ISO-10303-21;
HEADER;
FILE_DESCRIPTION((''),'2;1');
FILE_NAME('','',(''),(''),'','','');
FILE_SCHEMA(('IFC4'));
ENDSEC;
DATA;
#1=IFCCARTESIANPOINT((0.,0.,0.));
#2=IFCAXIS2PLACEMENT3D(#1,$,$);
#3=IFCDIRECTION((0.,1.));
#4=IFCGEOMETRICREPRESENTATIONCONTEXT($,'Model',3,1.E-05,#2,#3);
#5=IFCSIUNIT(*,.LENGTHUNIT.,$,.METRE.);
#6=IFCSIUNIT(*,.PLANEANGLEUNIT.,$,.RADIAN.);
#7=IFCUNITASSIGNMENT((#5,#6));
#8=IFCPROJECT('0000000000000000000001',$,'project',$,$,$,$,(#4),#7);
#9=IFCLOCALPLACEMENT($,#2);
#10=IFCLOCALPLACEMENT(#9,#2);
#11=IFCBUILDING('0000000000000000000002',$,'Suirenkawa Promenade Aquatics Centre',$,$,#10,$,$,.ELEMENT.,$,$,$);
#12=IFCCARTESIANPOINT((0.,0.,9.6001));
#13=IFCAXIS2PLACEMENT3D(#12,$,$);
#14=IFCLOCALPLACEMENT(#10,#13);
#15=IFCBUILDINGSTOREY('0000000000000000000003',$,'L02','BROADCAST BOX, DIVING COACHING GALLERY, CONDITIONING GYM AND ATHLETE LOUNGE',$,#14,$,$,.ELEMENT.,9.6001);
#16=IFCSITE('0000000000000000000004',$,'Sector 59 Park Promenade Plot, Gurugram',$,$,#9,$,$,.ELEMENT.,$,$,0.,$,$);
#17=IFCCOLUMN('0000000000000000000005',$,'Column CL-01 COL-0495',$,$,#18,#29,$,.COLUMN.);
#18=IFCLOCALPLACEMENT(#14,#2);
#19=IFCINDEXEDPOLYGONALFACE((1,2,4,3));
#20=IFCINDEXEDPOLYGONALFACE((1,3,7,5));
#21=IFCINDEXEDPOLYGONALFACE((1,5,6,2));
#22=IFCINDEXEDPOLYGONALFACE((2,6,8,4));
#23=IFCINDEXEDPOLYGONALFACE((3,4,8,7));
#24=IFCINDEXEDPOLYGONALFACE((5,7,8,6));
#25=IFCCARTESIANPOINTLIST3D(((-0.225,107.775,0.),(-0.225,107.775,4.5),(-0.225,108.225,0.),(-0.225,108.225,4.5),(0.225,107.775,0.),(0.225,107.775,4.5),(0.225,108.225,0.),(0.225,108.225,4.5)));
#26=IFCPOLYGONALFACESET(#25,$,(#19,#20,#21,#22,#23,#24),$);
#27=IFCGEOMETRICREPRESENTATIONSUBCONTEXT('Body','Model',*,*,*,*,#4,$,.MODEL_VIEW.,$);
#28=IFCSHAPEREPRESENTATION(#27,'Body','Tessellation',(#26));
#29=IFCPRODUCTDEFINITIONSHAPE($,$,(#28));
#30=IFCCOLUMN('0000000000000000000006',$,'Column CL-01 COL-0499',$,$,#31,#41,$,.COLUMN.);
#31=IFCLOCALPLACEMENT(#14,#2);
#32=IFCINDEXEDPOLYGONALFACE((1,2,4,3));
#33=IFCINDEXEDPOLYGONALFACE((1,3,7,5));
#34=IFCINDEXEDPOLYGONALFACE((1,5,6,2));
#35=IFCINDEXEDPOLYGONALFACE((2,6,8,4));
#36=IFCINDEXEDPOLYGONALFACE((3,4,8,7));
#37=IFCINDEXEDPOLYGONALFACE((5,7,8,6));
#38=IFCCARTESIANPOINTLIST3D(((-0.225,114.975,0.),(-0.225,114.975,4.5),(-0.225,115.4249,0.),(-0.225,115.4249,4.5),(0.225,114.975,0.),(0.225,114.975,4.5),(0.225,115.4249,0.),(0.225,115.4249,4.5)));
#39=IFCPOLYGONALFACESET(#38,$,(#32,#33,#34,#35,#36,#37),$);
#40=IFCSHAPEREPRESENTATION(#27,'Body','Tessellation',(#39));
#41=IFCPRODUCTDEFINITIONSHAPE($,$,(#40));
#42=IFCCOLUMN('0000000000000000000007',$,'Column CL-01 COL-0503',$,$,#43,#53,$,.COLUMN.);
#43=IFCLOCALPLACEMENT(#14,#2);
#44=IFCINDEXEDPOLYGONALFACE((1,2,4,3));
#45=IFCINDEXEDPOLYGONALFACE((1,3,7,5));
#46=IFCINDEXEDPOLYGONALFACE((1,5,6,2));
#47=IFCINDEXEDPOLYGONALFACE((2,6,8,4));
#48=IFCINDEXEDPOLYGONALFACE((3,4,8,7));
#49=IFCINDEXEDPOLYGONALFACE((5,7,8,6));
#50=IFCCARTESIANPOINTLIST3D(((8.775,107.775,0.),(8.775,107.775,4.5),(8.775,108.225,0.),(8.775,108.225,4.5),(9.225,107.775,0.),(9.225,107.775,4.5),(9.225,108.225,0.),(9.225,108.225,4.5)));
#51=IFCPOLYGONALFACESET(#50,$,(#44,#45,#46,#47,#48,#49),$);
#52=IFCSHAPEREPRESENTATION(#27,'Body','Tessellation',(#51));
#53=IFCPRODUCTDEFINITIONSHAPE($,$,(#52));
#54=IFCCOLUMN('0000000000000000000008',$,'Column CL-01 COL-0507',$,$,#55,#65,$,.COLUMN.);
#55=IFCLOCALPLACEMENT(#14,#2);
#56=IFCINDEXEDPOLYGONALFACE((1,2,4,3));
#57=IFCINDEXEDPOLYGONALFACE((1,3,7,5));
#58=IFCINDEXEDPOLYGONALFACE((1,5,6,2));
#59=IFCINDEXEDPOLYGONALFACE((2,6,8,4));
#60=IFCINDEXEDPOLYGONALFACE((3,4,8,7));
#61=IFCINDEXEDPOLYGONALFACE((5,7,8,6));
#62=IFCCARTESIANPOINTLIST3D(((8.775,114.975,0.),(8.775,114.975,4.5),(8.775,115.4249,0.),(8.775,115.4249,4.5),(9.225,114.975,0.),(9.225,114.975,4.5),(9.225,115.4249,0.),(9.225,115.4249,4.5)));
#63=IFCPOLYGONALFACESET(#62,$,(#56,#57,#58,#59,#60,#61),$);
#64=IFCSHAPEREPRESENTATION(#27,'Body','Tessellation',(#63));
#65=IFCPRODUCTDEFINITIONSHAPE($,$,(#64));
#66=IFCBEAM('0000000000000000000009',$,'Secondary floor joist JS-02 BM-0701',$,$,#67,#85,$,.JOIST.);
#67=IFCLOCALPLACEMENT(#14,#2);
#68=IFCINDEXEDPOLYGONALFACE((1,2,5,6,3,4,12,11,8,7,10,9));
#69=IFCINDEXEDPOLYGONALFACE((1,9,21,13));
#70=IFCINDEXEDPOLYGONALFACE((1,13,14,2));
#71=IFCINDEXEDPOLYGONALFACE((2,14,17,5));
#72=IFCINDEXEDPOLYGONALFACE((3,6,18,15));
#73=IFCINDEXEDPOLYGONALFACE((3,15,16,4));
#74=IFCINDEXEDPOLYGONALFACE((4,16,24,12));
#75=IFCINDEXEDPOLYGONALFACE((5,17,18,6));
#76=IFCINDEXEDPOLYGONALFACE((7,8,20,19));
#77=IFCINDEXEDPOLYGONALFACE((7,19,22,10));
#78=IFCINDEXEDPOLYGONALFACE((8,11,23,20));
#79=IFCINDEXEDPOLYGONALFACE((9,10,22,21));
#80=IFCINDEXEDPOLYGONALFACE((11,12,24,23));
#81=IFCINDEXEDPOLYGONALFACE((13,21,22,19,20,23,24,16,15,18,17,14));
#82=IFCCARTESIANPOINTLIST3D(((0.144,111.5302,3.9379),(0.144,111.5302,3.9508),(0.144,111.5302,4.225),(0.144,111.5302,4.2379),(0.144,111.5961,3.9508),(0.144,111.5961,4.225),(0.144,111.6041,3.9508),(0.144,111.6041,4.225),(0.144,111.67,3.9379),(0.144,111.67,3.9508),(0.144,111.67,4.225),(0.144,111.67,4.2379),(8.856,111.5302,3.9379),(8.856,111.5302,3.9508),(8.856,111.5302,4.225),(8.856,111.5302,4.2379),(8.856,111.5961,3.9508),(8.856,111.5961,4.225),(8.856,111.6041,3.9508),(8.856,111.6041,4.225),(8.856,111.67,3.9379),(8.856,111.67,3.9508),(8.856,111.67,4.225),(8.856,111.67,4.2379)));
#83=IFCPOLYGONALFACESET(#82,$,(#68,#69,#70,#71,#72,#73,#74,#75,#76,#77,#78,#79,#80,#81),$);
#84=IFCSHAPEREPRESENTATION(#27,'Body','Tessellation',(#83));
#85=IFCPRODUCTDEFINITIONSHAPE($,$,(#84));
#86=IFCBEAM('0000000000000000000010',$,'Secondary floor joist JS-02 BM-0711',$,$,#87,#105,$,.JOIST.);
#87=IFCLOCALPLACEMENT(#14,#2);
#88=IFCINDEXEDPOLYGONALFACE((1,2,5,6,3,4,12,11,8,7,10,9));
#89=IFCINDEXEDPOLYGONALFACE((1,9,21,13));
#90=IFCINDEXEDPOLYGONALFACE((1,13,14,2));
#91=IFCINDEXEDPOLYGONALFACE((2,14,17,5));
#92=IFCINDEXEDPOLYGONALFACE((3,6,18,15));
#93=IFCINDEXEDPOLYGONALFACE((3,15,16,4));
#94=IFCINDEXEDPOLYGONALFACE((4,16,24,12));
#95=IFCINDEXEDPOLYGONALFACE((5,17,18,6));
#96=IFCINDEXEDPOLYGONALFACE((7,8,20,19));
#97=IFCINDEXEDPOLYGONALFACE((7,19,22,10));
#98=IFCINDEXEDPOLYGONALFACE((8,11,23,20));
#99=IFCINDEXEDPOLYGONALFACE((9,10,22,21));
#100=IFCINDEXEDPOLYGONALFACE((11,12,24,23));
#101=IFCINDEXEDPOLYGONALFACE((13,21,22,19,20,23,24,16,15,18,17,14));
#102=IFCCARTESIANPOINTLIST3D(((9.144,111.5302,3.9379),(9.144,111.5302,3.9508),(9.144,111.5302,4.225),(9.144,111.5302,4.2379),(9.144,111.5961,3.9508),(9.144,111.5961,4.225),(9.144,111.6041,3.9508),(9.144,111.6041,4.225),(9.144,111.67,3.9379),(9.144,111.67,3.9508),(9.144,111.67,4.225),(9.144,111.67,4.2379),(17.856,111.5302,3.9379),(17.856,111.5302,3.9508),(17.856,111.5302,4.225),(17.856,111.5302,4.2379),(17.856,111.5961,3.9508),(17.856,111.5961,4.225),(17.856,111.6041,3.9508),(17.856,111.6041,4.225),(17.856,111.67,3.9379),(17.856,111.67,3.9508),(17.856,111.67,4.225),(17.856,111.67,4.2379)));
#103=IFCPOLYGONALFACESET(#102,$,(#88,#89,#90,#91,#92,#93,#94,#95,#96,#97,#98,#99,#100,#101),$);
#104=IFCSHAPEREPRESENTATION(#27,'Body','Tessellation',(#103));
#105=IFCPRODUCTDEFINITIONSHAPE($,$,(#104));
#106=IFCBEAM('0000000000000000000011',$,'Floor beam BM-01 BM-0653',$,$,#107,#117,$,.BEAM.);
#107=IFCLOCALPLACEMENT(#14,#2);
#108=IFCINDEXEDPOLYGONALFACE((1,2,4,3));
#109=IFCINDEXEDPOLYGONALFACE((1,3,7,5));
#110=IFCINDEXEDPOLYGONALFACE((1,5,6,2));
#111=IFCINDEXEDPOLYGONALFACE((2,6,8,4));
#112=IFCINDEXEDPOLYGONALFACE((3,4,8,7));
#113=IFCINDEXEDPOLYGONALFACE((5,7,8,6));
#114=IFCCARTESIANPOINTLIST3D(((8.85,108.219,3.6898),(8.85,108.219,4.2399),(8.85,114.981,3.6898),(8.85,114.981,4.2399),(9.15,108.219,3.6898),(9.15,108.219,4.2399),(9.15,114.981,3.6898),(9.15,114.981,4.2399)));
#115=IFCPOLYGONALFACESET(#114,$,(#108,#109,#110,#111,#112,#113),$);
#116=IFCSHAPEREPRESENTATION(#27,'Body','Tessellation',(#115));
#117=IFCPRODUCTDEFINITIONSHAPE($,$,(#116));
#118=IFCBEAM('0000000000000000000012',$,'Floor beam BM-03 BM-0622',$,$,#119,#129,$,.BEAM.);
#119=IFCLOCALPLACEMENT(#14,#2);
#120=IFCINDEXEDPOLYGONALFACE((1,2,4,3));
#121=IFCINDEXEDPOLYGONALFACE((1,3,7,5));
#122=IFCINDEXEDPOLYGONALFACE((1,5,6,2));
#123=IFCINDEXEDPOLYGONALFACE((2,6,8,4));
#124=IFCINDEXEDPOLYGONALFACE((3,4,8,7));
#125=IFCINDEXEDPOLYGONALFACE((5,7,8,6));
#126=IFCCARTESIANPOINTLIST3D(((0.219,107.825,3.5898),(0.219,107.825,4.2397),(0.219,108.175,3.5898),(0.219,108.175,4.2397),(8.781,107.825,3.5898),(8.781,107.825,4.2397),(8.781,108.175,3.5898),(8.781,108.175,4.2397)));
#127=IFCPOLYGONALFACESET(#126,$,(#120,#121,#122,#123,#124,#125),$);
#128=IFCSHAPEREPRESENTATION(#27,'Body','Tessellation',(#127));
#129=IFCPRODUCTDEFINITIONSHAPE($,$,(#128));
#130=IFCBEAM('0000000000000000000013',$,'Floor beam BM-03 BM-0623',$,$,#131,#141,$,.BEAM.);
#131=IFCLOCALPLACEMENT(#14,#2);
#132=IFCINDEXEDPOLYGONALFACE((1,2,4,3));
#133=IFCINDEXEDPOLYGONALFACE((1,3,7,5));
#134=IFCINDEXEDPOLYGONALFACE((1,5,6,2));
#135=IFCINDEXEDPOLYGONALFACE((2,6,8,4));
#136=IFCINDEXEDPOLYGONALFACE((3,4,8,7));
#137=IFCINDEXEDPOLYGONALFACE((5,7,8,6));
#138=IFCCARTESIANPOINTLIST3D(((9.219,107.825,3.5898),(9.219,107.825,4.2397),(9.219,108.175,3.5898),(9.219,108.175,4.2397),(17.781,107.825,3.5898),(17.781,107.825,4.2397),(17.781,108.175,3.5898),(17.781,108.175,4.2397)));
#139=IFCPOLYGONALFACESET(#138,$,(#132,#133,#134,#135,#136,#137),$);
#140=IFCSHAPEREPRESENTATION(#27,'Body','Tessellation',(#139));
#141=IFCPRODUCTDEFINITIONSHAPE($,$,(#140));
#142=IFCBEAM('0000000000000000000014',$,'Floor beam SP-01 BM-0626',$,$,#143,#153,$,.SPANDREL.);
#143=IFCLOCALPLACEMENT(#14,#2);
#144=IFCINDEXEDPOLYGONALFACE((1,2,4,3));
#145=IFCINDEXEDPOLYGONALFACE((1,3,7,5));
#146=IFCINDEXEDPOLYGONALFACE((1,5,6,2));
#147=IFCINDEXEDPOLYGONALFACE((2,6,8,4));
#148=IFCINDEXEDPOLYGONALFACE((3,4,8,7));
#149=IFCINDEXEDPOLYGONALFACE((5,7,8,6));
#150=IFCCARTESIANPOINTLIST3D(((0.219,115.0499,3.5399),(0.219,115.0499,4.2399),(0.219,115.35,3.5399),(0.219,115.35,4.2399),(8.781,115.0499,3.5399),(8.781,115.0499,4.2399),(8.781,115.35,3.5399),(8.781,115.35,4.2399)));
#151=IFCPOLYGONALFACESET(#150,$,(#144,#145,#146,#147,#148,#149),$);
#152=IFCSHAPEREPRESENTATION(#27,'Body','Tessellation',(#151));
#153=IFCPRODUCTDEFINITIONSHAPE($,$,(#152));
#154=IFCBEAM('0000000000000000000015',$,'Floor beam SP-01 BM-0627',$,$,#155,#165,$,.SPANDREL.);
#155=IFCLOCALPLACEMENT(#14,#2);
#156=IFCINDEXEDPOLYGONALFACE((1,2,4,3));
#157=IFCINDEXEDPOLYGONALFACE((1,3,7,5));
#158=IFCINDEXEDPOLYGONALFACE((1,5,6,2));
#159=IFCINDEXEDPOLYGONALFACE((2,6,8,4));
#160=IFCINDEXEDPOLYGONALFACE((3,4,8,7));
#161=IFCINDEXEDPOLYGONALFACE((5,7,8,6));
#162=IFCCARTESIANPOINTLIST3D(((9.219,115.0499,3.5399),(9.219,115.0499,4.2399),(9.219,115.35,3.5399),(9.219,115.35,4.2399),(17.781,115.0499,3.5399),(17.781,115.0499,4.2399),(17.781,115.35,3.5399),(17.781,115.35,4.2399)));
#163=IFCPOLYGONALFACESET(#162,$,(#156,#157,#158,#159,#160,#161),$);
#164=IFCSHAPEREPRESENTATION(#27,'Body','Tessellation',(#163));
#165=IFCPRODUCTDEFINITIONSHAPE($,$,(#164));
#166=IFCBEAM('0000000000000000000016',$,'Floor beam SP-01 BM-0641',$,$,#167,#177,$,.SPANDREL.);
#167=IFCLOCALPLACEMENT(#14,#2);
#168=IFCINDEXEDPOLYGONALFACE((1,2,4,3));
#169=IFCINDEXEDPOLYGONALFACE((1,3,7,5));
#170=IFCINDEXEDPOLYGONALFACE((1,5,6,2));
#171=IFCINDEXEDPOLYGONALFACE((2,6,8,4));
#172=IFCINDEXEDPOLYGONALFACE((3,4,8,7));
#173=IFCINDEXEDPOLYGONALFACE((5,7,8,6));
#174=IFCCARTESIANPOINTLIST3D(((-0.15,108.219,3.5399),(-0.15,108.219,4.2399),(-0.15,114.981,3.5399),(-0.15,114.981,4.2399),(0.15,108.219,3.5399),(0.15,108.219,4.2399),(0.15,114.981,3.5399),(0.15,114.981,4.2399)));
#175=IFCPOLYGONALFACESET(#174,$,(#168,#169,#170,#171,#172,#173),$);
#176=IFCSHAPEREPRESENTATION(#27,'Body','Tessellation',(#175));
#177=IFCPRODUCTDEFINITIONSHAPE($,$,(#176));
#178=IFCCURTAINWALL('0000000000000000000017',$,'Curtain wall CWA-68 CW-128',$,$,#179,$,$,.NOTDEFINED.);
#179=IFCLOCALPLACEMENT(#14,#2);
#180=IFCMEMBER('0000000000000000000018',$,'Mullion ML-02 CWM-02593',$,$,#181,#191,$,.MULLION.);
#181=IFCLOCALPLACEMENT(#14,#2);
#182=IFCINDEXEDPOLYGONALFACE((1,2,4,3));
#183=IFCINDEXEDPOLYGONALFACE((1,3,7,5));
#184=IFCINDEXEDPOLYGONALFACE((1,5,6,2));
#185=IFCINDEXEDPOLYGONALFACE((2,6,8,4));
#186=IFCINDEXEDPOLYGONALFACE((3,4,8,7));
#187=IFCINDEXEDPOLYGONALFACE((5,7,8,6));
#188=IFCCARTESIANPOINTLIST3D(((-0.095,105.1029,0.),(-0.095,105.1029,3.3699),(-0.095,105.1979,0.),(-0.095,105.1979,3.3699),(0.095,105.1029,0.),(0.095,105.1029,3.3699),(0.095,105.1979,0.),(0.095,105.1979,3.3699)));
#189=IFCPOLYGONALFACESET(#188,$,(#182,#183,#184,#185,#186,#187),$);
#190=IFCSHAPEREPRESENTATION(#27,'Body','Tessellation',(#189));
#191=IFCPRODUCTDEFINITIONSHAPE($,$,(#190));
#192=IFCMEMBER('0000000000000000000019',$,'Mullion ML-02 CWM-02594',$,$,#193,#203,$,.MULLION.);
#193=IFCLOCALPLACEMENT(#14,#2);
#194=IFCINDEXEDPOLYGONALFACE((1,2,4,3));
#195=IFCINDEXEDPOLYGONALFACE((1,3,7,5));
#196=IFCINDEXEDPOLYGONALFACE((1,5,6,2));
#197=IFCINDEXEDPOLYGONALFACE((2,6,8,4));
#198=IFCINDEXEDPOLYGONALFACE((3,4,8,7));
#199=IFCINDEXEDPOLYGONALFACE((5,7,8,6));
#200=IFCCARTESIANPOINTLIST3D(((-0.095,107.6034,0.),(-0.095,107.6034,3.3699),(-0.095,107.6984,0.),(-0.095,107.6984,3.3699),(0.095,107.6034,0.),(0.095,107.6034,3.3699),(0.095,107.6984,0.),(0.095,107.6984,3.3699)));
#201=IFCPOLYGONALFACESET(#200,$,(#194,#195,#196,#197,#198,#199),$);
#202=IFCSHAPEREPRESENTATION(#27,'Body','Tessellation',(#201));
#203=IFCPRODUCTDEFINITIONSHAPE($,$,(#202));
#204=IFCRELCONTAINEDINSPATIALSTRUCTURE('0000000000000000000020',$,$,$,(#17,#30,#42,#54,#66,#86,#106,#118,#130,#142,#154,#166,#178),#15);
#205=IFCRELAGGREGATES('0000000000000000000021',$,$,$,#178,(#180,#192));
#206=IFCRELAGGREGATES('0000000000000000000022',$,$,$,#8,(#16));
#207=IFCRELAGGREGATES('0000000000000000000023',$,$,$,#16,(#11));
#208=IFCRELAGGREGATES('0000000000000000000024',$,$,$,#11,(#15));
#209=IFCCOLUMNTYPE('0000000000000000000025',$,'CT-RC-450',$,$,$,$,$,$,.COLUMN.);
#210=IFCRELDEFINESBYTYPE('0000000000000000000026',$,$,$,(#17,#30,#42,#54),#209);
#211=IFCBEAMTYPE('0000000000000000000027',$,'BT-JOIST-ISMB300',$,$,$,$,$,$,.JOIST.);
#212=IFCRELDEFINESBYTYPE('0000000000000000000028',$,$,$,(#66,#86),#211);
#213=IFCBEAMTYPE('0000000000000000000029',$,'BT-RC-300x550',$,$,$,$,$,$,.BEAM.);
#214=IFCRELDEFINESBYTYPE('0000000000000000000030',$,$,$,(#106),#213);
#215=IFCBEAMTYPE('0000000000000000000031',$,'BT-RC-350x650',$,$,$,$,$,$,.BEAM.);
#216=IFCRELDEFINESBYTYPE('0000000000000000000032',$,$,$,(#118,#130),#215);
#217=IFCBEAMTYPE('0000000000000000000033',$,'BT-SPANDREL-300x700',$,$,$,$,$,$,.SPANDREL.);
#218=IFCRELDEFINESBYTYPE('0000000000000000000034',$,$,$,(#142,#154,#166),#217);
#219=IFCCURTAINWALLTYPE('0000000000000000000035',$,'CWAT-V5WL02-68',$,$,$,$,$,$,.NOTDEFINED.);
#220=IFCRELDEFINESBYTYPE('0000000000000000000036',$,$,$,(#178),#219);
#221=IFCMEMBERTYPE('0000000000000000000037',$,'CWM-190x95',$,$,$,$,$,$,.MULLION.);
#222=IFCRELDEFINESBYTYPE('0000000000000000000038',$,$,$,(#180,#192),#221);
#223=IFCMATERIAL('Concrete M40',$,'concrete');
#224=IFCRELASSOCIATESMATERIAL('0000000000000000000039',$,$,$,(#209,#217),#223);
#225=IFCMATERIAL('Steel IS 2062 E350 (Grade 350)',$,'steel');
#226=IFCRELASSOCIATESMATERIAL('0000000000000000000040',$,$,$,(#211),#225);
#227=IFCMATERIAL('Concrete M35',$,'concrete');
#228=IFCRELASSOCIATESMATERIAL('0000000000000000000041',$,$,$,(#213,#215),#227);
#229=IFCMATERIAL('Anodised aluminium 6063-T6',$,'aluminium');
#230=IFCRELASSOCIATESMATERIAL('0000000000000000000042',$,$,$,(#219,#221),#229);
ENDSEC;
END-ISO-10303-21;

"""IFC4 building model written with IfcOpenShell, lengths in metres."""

from ifc_helpers import new_model, si_unit, direction, frame, origin, origin_2d, place, context, subcontext, project, spatial, rectangle, i_section, extrude, material, material_profile, profile_set, type_object, element, aggregate, save


model = new_model("IFC4")

# Units and contexts
model_context = context("Model", 3, precision=1e-05, world=origin(), true_north=direction((0.0, 1.0)))
body_context = subcontext(model_context, "Body", "Model", "MODEL_VIEW")
ifc_project = project(units=[si_unit("LENGTHUNIT", "METRE"), si_unit("PLANEANGLEUNIT", "RADIAN")], contexts=[model_context])

# Site, building, storey
site_placement = place(None, origin())
site = spatial("IfcSite", under=ifc_project, at=site_placement, Name="Sector 59 Park Promenade Plot, Gurugram", CompositionType="ELEMENT", RefElevation=0.0)
building_placement = place(site_placement, origin())
building = spatial("IfcBuilding", under=site, at=building_placement, Name="Suirenkawa Promenade Aquatics Centre", CompositionType="ELEMENT")
storey_placement = place(building_placement, frame((0.0, 0.0, 9.6001)))
storey = spatial("IfcBuildingStorey", under=building, at=storey_placement, Name="L02", Description="BROADCAST BOX, DIVING COACHING GALLERY, CONDITIONING GYM AND ATHLETE LOUNGE", CompositionType="ELEMENT", Elevation=9.6001)

# Columns
ifc_material_1 = material(Name="Concrete M40", Category="concrete")
ifc_material_profile_1 = material_profile(ifc_material_1, rectangle(XDim=0.45, YDim=0.45, at=origin_2d()), Name="RC COL 450x450", Category="concrete")
ifc_profile_set_1 = profile_set([ifc_material_profile_1], Name="Concrete M40")
column_type = type_object("IfcColumnType", Name="CT-RC-450", PredefinedType="COLUMN", material=ifc_profile_set_1)
for number, where, z_axis, x_axis, name in (
    (1, (0.0, 108.0, 0.0), (0.0, 0.0, 1.0), (1.0, 0.0, 0.0), "Column CL-01 COL-0495"),
    (2, (0.0, 115.2, 0.0), (0.0, 0.0, 1.0), (1.0, 0.0, 0.0), "Column CL-01 COL-0499"),
    (3, (9.0, 108.0, 0.0), (0.0, 0.0, 1.0), (1.0, 0.0, 0.0), "Column CL-01 COL-0503"),
    (4, (9.0, 115.2, 0.0), (0.0, 0.0, 1.0), (1.0, 0.0, 0.0), "Column CL-01 COL-0507"),
):
    element("IfcColumn", number, at=place(storey_placement, frame(where, z_axis=z_axis, x_axis=x_axis)), inside=storey, type_object=column_type, Name=name, PredefinedType="COLUMN", context=body_context, shape_type="SweptSolid", body=[
        extrude(rectangle(XDim=0.45, YDim=0.45, at=origin_2d()), origin(), (0.0, 0.0, 1.0), 4.5),
    ])

# Beams
ifc_material_2 = material(Name="Steel IS 2062 E350 (Grade 350)", Category="steel")
ifc_material_profile_2 = material_profile(ifc_material_2, i_section(OverallWidth=0.1399, OverallDepth=0.3, WebThickness=0.0081, FlangeThickness=0.0129, at=origin_2d()), Name="ISMB 300", Category="steel")
ifc_profile_set_2 = profile_set([ifc_material_profile_2], Name="Steel IS 2062 E350 (Grade 350)")
beam_type_1 = type_object("IfcBeamType", Name="BT-JOIST-ISMB300", PredefinedType="JOIST", material=ifc_profile_set_2)
for number, where, z_axis, x_axis, name in (
    (5, (0.144, 111.6001, 4.0879), (1.0, 0.0, 0.0), (0.0, 1.0, 0.0), "Secondary floor joist JS-02 BM-0701"),
    (6, (9.144, 111.6001, 4.0879), (1.0, 0.0, 0.0), (0.0, 1.0, 0.0), "Secondary floor joist JS-02 BM-0711"),
):
    element("IfcBeam", number, at=place(storey_placement, frame(where, z_axis=z_axis, x_axis=x_axis)), inside=storey, type_object=beam_type_1, Name=name, PredefinedType="JOIST", context=body_context, shape_type="SweptSolid", body=[
        extrude(i_section(OverallWidth=0.1399, OverallDepth=0.3, WebThickness=0.0081, FlangeThickness=0.0129, at=origin_2d()), origin(), (0.0, 0.0, 1.0), 8.7119),
    ])
ifc_material_3 = material(Name="Concrete M35", Category="concrete")
ifc_material_profile_3 = material_profile(ifc_material_3, rectangle(XDim=0.3, YDim=0.55, at=origin_2d()), Name="RC BM 300x550", Category="concrete")
ifc_profile_set_3 = profile_set([ifc_material_profile_3], Name="Concrete M35")
beam_type_2 = type_object("IfcBeamType", Name="BT-RC-300x550", PredefinedType="BEAM", material=ifc_profile_set_3)
beam_1_placement = place(storey_placement, frame((9.0, 108.219, 3.9648), z_axis=(0.0, 1.0, 0.0), x_axis=(-1.0, 0.0, 0.0)))
element("IfcBeam", 7, at=beam_1_placement, inside=storey, type_object=beam_type_2, Name="Floor beam BM-01 BM-0653", PredefinedType="BEAM", context=body_context, shape_type="SweptSolid", body=[
    extrude(rectangle(XDim=0.3, YDim=0.55, at=origin_2d()), origin(), (0.0, 0.0, 1.0), 6.762),
])
ifc_material_profile_4 = material_profile(ifc_material_3, rectangle(XDim=0.3501, YDim=0.6499, at=origin_2d()), Name="RC BM 350x650", Category="concrete")
ifc_profile_set_4 = profile_set([ifc_material_profile_4], Name="Concrete M35")
beam_type_3 = type_object("IfcBeamType", Name="BT-RC-350x650", PredefinedType="BEAM", material=ifc_profile_set_4)
for number, where, z_axis, x_axis, name in (
    (8, (0.219, 108.0, 3.9148), (1.0, 0.0, 0.0), (0.0, 1.0, 0.0), "Floor beam BM-03 BM-0622"),
    (9, (9.219, 108.0, 3.9148), (1.0, 0.0, 0.0), (0.0, 1.0, 0.0), "Floor beam BM-03 BM-0623"),
):
    element("IfcBeam", number, at=place(storey_placement, frame(where, z_axis=z_axis, x_axis=x_axis)), inside=storey, type_object=beam_type_3, Name=name, PredefinedType="BEAM", context=body_context, shape_type="SweptSolid", body=[
        extrude(rectangle(XDim=0.3501, YDim=0.6499, at=origin_2d()), origin(), (0.0, 0.0, 1.0), 8.562),
    ])
ifc_material_profile_5 = material_profile(ifc_material_1, rectangle(XDim=0.3, YDim=0.7, at=origin_2d()), Name="RC SPANDREL 300x700", Category="concrete")
ifc_profile_set_5 = profile_set([ifc_material_profile_5], Name="Concrete M40")
beam_type_4 = type_object("IfcBeamType", Name="BT-SPANDREL-300x700", PredefinedType="SPANDREL", material=ifc_profile_set_5)
for number, where, z_axis, x_axis, name in (
    (10, (0.219, 115.2, 3.8899), (1.0, 0.0, 0.0), (0.0, 1.0, 0.0), "Floor beam SP-01 BM-0626"),
    (11, (9.219, 115.2, 3.8899), (1.0, 0.0, 0.0), (0.0, 1.0, 0.0), "Floor beam SP-01 BM-0627"),
):
    element("IfcBeam", number, at=place(storey_placement, frame(where, z_axis=z_axis, x_axis=x_axis)), inside=storey, type_object=beam_type_4, Name=name, PredefinedType="SPANDREL", context=body_context, shape_type="SweptSolid", body=[
        extrude(rectangle(XDim=0.3, YDim=0.7, at=origin_2d()), origin(), (0.0, 0.0, 1.0), 8.562),
    ])
beam_2_placement = place(storey_placement, frame((0.0, 108.219, 3.8899), z_axis=(0.0, 1.0, 0.0), x_axis=(-1.0, 0.0, 0.0)))
element("IfcBeam", 12, at=beam_2_placement, inside=storey, type_object=beam_type_4, Name="Floor beam SP-01 BM-0641", PredefinedType="SPANDREL", context=body_context, shape_type="SweptSolid", body=[
    extrude(rectangle(XDim=0.3, YDim=0.7, at=origin_2d()), origin(), (0.0, 0.0, 1.0), 6.762),
])

# Curtain wall, members
ifc_material_4 = material(Name="Anodised aluminium 6063-T6", Category="aluminium")
curtain_wall_type_1 = type_object("IfcCurtainWallType", Name="CWAT-V5WL02-68", PredefinedType="NOTDEFINED", material=ifc_material_4)
curtain_wall_1_placement = place(storey_placement, origin())
curtain_wall_1 = element("IfcCurtainWall", 13, at=curtain_wall_1_placement, inside=storey, type_object=curtain_wall_type_1, Name="Curtain wall CWA-68 CW-128", PredefinedType="NOTDEFINED")
ifc_material_profile_6 = material_profile(ifc_material_4, rectangle(XDim=0.095, YDim=0.1899, at=origin_2d()), Name="ALU MULL 95x190", Category="aluminium")
ifc_profile_set_6 = profile_set([ifc_material_profile_6], Name="Anodised aluminium 6063-T6")
member_type_1 = type_object("IfcMemberType", Name="CWM-190x95", PredefinedType="MULLION", material=ifc_profile_set_6)
member_1_placement = place(storey_placement, frame((0.0, 105.1504, 0.0), z_axis=(0.0, 0.0, 1.0), x_axis=(0.0, 1.0, 0.0)))
member_1 = element("IfcMember", 14, at=member_1_placement, type_object=member_type_1, Name="Mullion ML-02 CWM-02593", PredefinedType="MULLION", context=body_context, shape_type="SweptSolid", body=[
    extrude(rectangle(XDim=0.095, YDim=0.1899, at=origin_2d()), origin(), (0.0, 0.0, 1.0), 3.3699),
])
member_2_placement = place(storey_placement, frame((0.0, 107.6509, 0.0), z_axis=(0.0, 0.0, 1.0), x_axis=(0.0, 1.0, 0.0)))
member_2 = element("IfcMember", 15, at=member_2_placement, type_object=member_type_1, Name="Mullion ML-02 CWM-02594", PredefinedType="MULLION", context=body_context, shape_type="SweptSolid", body=[
    extrude(rectangle(XDim=0.095, YDim=0.1899, at=origin_2d()), origin(), (0.0, 0.0, 1.0), 3.3699),
])

aggregate(curtain_wall_1, [member_1, member_2])

save(model, "model.ifc")
